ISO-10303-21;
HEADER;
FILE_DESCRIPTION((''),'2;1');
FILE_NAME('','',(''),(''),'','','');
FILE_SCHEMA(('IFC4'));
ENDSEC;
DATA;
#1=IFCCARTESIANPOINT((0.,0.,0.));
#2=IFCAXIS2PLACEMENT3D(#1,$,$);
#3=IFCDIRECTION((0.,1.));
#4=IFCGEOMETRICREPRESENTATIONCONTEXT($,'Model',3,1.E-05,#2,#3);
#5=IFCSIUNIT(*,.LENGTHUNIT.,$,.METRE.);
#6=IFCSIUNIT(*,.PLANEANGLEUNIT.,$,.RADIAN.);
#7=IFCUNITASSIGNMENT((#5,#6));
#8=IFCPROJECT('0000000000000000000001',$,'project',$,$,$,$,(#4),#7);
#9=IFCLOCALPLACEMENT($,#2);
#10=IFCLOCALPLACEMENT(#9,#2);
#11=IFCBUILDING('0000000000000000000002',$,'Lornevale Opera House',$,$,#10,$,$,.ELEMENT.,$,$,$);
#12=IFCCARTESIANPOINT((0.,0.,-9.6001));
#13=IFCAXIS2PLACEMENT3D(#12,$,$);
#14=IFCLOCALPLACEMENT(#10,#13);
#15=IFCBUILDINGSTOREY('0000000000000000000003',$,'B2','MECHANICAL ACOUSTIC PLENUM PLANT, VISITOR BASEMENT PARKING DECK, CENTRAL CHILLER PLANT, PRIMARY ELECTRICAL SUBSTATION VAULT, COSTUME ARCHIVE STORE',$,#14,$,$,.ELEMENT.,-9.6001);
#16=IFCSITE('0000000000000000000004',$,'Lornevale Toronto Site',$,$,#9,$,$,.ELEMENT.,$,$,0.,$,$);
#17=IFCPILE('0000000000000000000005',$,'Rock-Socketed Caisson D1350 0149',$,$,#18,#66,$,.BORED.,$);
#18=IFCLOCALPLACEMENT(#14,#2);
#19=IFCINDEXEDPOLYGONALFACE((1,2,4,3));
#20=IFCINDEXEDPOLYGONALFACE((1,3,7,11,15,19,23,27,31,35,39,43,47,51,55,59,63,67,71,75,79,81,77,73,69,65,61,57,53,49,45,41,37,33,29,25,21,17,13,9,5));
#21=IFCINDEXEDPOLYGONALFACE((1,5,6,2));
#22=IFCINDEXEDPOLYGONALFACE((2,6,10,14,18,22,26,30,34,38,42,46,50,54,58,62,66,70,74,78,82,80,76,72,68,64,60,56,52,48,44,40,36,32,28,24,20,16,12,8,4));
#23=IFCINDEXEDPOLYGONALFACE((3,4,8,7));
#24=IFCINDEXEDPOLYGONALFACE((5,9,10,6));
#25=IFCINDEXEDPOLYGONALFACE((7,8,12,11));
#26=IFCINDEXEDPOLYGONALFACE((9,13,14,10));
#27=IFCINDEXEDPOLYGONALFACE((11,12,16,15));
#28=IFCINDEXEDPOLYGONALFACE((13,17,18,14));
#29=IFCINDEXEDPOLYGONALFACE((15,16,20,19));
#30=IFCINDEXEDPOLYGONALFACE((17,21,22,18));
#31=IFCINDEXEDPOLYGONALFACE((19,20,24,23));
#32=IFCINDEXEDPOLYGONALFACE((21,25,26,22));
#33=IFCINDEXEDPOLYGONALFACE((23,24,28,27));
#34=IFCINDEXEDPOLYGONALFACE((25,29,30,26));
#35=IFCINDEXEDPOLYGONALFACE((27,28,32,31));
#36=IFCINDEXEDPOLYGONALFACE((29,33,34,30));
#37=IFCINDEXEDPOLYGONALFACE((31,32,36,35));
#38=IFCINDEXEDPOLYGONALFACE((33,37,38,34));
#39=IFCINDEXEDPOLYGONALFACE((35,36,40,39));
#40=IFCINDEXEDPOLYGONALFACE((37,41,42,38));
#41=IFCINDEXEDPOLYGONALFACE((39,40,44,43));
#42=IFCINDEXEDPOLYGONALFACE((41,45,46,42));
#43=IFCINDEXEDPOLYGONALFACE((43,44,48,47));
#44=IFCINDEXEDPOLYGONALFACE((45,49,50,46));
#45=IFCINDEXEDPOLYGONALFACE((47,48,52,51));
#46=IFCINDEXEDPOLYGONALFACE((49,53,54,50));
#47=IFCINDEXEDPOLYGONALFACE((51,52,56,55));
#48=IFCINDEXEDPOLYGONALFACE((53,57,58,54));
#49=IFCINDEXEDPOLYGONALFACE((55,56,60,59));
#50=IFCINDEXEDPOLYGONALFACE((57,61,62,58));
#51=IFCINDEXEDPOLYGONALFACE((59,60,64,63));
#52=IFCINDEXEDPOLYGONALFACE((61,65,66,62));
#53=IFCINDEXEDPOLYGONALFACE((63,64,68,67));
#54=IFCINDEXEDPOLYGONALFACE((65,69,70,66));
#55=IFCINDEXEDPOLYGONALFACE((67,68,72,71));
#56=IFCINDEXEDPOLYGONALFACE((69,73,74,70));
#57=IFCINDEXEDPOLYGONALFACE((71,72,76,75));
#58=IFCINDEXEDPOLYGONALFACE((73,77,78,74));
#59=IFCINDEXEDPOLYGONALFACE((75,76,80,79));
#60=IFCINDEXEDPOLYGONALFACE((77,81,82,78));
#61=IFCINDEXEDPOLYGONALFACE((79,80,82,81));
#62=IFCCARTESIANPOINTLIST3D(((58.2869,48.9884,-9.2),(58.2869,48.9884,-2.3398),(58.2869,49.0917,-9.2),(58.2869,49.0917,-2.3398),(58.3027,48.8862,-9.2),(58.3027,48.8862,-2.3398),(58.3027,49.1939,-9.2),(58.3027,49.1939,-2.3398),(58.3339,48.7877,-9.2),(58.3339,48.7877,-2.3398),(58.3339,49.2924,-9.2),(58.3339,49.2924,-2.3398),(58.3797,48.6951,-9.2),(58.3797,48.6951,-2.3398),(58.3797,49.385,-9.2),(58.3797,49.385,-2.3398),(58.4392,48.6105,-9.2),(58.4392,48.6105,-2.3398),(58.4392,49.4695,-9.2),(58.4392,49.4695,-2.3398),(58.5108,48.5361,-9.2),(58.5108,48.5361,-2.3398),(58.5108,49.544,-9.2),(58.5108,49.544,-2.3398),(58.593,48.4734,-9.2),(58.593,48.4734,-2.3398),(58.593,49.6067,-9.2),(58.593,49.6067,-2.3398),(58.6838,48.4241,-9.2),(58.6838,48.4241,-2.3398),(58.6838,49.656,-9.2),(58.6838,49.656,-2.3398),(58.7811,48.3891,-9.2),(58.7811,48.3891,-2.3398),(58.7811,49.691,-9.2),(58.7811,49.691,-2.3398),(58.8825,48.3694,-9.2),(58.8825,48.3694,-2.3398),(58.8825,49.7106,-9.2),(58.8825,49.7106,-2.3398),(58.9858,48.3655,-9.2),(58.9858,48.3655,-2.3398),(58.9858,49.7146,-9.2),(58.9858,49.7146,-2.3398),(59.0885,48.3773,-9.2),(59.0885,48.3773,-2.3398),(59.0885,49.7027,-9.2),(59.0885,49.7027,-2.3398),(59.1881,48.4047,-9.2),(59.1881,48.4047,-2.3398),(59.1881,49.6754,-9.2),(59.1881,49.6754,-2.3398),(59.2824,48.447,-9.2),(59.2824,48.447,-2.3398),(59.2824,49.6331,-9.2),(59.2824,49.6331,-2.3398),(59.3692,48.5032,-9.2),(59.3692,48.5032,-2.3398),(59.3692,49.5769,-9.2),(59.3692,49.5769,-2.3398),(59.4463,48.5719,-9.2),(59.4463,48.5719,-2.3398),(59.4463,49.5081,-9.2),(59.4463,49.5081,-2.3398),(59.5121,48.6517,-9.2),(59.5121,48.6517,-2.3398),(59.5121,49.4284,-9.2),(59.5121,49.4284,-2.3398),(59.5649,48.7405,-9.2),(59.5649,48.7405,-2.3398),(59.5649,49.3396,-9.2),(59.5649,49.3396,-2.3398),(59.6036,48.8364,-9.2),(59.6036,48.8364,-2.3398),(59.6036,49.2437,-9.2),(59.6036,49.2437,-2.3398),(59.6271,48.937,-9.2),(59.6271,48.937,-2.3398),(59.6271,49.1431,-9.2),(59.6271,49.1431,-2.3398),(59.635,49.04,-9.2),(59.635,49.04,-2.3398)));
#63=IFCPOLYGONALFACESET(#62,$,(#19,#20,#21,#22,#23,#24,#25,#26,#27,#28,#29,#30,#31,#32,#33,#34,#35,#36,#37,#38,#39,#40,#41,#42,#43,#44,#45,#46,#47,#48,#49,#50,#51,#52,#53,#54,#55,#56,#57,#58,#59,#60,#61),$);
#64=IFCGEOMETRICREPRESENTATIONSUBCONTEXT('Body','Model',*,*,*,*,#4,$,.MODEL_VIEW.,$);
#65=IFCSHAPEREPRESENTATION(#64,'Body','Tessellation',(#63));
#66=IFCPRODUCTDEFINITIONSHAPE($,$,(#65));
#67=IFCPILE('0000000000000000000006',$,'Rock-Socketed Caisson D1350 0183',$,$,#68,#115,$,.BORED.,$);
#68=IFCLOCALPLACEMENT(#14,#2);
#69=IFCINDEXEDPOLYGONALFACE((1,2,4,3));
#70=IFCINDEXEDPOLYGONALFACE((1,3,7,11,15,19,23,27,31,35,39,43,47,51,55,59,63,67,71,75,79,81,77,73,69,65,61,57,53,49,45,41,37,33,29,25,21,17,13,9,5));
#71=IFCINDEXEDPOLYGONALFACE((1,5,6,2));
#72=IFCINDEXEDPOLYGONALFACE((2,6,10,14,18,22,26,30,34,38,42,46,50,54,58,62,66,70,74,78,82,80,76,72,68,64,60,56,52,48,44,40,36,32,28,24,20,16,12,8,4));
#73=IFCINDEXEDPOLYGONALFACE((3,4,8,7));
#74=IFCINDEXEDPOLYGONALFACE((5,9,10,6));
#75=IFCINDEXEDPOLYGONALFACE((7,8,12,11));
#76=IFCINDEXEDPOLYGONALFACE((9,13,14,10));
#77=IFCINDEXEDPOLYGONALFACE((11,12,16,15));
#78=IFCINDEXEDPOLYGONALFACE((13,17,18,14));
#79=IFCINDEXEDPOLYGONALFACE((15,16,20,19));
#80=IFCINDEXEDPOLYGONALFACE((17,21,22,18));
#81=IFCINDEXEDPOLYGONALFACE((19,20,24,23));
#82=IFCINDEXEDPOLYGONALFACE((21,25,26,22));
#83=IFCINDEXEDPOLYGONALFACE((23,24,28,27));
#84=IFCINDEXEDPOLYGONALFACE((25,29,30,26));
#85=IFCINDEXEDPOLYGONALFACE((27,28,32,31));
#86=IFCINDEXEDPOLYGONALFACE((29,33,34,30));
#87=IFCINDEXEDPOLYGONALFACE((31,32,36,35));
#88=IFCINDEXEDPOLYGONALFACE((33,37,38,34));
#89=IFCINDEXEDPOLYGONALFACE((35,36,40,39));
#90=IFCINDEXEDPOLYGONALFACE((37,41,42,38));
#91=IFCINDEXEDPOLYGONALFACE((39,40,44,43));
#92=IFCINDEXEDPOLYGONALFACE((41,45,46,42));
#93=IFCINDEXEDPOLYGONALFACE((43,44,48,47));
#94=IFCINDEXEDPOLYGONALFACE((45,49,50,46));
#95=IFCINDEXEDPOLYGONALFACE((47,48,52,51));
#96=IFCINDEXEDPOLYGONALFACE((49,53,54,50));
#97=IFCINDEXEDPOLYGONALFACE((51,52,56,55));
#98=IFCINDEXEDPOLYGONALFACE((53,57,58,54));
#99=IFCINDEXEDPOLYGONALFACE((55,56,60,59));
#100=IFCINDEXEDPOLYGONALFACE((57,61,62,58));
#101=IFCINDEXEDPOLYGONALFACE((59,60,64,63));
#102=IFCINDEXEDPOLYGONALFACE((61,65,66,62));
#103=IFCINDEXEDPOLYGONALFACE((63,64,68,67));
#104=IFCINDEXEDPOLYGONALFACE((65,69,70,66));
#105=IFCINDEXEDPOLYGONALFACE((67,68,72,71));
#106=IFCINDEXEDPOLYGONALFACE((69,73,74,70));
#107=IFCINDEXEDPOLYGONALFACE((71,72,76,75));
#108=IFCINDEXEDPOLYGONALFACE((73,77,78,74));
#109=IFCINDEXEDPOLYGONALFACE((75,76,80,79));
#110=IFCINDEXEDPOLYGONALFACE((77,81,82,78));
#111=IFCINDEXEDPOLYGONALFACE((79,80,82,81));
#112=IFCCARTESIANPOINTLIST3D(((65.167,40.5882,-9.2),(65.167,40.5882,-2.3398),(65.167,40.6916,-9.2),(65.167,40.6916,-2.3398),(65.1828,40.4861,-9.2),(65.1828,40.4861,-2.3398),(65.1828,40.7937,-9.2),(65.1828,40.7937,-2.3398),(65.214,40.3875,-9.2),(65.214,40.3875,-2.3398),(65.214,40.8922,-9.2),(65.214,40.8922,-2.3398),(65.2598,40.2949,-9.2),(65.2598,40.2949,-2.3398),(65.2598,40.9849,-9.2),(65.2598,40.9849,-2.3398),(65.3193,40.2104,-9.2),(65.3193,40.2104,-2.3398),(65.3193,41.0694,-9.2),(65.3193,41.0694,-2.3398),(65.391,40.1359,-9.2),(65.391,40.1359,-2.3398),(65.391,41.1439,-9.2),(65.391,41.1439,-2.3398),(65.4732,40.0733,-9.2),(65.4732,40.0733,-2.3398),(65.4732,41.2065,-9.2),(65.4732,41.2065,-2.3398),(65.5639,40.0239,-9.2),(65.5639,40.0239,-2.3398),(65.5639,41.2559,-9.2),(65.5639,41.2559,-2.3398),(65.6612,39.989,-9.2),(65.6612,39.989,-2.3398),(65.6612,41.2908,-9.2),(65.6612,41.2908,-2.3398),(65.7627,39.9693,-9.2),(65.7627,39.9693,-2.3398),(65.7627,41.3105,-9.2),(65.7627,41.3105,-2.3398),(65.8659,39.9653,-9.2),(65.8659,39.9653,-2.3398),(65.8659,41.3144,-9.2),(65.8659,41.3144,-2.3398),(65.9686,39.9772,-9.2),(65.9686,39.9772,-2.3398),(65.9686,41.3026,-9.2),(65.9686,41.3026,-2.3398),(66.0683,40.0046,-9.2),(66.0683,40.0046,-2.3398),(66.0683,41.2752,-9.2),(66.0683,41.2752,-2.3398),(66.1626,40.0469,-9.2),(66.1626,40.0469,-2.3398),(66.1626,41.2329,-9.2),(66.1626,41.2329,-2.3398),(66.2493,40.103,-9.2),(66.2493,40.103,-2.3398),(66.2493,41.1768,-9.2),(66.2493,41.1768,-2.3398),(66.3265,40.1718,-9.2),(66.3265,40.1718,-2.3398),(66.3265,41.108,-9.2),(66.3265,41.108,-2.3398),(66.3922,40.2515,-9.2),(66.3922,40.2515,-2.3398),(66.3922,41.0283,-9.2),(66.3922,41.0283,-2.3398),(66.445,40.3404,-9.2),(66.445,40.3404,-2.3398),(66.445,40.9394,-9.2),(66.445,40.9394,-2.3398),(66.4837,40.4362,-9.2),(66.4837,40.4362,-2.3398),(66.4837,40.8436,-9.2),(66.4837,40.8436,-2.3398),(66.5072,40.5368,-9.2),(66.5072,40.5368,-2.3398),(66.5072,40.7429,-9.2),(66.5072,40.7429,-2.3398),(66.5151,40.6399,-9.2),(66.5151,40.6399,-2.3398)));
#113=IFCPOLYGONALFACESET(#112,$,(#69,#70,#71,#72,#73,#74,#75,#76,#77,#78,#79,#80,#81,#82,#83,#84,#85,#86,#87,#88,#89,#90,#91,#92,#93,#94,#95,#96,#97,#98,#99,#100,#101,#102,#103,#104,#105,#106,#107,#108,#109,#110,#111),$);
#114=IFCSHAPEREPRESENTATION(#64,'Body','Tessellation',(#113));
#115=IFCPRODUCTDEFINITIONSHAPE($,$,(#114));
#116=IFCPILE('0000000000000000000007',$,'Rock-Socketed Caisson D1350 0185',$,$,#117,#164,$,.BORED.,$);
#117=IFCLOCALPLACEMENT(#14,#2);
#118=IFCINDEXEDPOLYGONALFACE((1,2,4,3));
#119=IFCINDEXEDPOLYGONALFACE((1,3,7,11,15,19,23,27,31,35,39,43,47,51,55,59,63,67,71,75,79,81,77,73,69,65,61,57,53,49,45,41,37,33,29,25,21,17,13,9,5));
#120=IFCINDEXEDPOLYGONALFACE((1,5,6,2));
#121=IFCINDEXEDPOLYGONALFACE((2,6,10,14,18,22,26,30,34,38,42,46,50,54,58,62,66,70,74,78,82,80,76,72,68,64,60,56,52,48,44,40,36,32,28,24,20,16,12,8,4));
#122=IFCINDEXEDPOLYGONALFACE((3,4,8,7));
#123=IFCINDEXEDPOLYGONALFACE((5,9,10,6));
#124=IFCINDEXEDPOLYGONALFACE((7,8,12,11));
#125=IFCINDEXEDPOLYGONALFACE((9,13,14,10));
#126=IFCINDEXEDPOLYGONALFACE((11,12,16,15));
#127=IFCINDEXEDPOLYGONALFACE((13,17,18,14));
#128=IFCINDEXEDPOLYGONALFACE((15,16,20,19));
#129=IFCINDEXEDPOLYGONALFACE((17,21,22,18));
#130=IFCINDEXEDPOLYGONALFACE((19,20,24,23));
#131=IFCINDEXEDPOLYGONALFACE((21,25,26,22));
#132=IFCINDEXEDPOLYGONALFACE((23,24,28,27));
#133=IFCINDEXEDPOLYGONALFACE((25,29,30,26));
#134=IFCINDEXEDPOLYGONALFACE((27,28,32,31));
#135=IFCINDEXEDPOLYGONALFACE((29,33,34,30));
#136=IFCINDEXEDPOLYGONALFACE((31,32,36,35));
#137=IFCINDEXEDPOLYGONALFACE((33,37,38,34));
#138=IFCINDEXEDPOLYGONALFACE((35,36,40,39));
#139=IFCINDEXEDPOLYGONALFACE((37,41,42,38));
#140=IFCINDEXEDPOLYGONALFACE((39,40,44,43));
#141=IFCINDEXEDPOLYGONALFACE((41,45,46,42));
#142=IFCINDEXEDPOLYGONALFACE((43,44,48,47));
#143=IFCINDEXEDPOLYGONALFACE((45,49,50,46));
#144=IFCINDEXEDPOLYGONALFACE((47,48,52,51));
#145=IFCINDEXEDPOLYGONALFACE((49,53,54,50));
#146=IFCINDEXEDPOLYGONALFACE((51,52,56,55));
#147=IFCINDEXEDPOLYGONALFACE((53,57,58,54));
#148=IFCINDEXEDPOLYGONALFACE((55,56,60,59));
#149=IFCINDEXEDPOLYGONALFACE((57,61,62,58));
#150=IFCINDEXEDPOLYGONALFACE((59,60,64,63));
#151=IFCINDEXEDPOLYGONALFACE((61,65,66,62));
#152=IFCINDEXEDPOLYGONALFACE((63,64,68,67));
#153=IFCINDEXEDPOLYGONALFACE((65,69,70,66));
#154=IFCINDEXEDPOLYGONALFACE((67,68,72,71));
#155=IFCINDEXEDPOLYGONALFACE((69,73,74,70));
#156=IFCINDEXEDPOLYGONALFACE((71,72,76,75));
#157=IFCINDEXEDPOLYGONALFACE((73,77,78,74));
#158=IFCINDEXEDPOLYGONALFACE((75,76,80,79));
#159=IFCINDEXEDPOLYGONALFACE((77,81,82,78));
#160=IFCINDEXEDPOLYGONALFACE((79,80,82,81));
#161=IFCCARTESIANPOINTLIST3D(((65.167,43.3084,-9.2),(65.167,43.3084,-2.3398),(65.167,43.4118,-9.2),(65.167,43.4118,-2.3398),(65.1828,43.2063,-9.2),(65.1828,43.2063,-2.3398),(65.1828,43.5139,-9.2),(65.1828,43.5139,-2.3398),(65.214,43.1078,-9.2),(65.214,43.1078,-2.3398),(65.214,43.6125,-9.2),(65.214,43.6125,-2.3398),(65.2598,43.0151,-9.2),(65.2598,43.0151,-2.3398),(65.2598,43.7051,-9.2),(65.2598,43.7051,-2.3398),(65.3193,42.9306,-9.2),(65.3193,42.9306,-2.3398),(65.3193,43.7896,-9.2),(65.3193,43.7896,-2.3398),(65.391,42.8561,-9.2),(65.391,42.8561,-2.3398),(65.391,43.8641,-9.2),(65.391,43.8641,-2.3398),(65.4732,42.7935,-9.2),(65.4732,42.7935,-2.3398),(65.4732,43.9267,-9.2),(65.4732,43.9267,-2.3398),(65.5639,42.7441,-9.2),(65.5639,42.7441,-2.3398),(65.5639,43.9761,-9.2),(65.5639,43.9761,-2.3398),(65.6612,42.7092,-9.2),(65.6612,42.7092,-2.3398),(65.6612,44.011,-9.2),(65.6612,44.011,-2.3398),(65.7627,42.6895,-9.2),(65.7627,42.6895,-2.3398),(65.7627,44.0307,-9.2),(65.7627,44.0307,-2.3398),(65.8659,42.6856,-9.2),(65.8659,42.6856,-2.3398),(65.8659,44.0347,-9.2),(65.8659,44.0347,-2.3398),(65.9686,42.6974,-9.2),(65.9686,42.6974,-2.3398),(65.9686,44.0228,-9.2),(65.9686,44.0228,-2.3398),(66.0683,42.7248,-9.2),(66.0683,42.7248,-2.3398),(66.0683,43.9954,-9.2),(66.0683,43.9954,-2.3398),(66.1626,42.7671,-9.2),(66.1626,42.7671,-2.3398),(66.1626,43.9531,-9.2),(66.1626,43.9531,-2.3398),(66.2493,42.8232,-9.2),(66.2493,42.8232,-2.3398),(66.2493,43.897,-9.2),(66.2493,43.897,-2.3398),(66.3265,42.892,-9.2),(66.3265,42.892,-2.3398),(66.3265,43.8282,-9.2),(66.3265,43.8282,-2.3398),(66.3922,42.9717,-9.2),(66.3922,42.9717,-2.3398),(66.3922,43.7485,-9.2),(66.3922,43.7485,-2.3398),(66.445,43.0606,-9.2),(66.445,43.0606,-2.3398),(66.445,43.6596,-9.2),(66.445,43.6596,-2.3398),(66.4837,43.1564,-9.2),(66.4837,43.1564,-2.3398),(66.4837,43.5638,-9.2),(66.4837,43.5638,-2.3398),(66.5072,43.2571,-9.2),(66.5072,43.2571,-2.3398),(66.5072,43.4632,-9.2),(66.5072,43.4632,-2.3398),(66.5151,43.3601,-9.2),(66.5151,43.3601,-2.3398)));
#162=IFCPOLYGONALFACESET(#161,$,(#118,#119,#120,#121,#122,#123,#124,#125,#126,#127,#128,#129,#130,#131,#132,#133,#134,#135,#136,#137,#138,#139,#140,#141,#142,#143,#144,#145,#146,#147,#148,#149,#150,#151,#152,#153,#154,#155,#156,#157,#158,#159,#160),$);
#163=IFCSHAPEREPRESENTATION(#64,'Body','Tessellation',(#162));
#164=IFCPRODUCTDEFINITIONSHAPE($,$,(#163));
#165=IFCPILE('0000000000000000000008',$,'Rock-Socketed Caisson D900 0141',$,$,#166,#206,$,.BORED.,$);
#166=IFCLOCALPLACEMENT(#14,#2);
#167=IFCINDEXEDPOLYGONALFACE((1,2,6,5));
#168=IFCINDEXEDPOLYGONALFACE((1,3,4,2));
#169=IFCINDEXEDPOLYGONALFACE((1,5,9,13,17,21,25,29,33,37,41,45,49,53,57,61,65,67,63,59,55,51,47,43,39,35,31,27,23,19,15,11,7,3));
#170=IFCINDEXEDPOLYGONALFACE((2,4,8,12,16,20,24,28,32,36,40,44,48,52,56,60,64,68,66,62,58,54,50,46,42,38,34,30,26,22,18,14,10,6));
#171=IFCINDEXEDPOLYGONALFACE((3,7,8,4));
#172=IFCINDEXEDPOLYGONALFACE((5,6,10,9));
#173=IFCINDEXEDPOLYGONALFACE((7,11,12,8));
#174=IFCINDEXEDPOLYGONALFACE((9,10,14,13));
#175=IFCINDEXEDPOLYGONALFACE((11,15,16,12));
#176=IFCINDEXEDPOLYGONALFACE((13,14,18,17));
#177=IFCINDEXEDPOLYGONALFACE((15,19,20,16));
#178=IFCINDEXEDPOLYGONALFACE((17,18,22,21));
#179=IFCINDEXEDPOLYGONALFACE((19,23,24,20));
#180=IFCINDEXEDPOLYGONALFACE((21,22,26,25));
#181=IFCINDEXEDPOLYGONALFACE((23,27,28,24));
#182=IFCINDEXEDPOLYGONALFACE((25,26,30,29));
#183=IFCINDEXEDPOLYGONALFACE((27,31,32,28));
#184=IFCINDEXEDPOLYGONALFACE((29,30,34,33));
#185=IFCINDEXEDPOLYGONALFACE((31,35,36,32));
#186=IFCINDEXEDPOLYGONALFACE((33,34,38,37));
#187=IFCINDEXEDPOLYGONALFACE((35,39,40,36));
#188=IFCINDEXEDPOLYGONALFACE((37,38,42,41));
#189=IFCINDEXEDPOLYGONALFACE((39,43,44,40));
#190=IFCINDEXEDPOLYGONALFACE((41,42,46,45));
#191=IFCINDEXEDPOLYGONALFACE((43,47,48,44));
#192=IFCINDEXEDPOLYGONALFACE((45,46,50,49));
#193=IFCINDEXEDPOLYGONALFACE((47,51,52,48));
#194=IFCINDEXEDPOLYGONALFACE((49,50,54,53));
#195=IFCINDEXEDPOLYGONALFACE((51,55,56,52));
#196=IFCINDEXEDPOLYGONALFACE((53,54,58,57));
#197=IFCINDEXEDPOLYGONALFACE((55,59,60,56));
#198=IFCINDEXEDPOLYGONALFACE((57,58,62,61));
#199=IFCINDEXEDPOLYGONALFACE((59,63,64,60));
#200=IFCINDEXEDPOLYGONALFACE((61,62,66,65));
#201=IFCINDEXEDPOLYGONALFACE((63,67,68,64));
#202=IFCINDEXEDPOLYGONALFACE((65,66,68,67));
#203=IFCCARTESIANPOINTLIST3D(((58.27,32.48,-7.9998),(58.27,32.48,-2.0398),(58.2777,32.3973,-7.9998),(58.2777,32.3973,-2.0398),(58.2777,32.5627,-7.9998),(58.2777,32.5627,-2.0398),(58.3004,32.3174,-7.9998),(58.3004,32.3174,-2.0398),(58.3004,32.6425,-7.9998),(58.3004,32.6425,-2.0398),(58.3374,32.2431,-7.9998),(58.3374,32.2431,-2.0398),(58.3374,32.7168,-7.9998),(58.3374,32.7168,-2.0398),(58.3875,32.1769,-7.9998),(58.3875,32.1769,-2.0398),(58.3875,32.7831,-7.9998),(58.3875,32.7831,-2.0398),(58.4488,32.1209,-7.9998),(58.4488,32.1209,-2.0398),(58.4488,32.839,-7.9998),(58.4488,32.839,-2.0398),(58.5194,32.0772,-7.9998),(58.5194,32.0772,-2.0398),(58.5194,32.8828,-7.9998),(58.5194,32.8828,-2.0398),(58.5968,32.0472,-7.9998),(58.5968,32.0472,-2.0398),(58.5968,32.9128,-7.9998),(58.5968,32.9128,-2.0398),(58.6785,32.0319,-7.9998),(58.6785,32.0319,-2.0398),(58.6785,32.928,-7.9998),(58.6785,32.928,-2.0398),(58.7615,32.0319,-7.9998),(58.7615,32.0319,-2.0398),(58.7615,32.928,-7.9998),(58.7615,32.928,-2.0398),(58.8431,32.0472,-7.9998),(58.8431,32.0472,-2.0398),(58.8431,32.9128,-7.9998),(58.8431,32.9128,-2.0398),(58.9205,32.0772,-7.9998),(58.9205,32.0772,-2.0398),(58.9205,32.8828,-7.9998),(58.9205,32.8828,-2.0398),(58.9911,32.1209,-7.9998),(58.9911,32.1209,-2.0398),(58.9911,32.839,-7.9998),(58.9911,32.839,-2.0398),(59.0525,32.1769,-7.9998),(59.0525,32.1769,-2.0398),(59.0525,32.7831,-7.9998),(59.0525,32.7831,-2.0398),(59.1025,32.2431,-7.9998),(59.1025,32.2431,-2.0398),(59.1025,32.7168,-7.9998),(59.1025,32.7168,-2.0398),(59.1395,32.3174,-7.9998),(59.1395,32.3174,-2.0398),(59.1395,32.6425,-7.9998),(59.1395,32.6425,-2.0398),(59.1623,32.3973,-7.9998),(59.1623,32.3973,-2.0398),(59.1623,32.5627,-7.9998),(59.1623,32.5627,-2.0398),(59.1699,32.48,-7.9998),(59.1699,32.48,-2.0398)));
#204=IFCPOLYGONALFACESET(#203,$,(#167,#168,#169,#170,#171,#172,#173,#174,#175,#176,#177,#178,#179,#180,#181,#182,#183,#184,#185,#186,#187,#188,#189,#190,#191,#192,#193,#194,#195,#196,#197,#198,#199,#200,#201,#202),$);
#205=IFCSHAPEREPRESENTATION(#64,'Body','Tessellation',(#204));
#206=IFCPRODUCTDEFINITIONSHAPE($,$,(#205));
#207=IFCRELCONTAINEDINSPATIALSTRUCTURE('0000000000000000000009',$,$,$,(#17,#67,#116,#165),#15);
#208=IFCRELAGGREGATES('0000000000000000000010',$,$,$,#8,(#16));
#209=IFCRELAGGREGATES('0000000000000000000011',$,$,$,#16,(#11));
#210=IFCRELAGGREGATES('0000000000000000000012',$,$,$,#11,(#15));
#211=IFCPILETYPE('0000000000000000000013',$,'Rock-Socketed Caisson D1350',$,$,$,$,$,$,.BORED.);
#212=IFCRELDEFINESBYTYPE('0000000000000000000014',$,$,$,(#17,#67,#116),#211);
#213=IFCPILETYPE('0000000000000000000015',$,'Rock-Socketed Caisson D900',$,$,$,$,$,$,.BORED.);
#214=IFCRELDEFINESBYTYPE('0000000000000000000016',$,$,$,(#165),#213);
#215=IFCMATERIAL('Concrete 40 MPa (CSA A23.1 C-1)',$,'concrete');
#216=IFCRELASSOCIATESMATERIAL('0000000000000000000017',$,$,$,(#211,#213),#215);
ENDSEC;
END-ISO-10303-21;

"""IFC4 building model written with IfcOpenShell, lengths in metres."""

from ifc_helpers import new_model, si_unit, direction, frame, origin, origin_2d, place, context, subcontext, project, spatial, circle, extrude, material, material_profile, profile_set, type_object, element, save


model = new_model("IFC4")

# Units and contexts
model_context = context("Model", 3, precision=1e-05, world=origin(), true_north=direction((0.0, 1.0)))
body_context = subcontext(model_context, "Body", "Model", "MODEL_VIEW")
ifc_project = project(units=[si_unit("LENGTHUNIT", "METRE"), si_unit("PLANEANGLEUNIT", "RADIAN")], contexts=[model_context])

# Site, building, storey
site_placement = place(None, origin())
site = spatial("IfcSite", under=ifc_project, at=site_placement, Name="Lornevale Toronto Site", CompositionType="ELEMENT", RefElevation=0.0)
building_placement = place(site_placement, origin())
building = spatial("IfcBuilding", under=site, at=building_placement, Name="Lornevale Opera House", CompositionType="ELEMENT")
storey_placement = place(building_placement, frame((0.0, 0.0, -9.6001)))
storey = spatial("IfcBuildingStorey", under=building, at=storey_placement, Name="B2", Description="MECHANICAL ACOUSTIC PLENUM PLANT, VISITOR BASEMENT PARKING DECK, CENTRAL CHILLER PLANT, PRIMARY ELECTRICAL SUBSTATION VAULT, COSTUME ARCHIVE STORE", CompositionType="ELEMENT", Elevation=-9.6001)

# Piles
ifc_material_1 = material(Name="Concrete 40 MPa (CSA A23.1 C-1)", Category="concrete")
ifc_material_profile_1 = material_profile(ifc_material_1, circle(Radius=0.675, at=origin_2d()), Name="CAIS1350")
ifc_profile_set_1 = profile_set([ifc_material_profile_1], Name="Concrete 40 MPa (CSA A23.1 C-1)")
pile_type_1 = type_object("IfcPileType", Name="Rock-Socketed Caisson D1350", PredefinedType="BORED", material=ifc_profile_set_1)
for number, where, z_axis, x_axis, name in (
    (1, (58.96, 49.04, -2.3398), (0.0, 0.0, -1.0), (1.0, 0.0, 0.0), "Rock-Socketed Caisson D1350 0149"),
    (2, (65.8401, 40.6399, -2.3398), (0.0, 0.0, -1.0), (1.0, 0.0, 0.0), "Rock-Socketed Caisson D1350 0183"),
    (3, (65.8401, 43.3601, -2.3398), (0.0, 0.0, -1.0), (1.0, 0.0, 0.0), "Rock-Socketed Caisson D1350 0185"),
):
    element("IfcPile", number, at=place(storey_placement, frame(where, z_axis=z_axis, x_axis=x_axis)), inside=storey, type_object=pile_type_1, Name=name, PredefinedType="BORED", context=body_context, shape_type="SweptSolid", body=[
        extrude(circle(Radius=0.675, at=origin_2d()), origin(), (0.0, 0.0, 1.0), 6.8601),
    ])
ifc_material_profile_2 = material_profile(ifc_material_1, circle(Radius=0.45, at=origin_2d()), Name="CAIS900")
ifc_profile_set_2 = profile_set([ifc_material_profile_2], Name="Concrete 40 MPa (CSA A23.1 C-1)")
pile_type_2 = type_object("IfcPileType", Name="Rock-Socketed Caisson D900", PredefinedType="BORED", material=ifc_profile_set_2)
for number, where, z_axis, x_axis, name in (
    (4, (58.72, 32.48, -2.0398), (0.0, 0.0, -1.0), (1.0, 0.0, 0.0), "Rock-Socketed Caisson D900 0141"),
):
    element("IfcPile", number, at=place(storey_placement, frame(where, z_axis=z_axis, x_axis=x_axis)), inside=storey, type_object=pile_type_2, Name=name, PredefinedType="BORED", context=body_context, shape_type="SweptSolid", body=[
        extrude(circle(Radius=0.45, at=origin_2d()), origin(), (0.0, 0.0, 1.0), 5.96),
    ])

save(model, "model.ifc")
